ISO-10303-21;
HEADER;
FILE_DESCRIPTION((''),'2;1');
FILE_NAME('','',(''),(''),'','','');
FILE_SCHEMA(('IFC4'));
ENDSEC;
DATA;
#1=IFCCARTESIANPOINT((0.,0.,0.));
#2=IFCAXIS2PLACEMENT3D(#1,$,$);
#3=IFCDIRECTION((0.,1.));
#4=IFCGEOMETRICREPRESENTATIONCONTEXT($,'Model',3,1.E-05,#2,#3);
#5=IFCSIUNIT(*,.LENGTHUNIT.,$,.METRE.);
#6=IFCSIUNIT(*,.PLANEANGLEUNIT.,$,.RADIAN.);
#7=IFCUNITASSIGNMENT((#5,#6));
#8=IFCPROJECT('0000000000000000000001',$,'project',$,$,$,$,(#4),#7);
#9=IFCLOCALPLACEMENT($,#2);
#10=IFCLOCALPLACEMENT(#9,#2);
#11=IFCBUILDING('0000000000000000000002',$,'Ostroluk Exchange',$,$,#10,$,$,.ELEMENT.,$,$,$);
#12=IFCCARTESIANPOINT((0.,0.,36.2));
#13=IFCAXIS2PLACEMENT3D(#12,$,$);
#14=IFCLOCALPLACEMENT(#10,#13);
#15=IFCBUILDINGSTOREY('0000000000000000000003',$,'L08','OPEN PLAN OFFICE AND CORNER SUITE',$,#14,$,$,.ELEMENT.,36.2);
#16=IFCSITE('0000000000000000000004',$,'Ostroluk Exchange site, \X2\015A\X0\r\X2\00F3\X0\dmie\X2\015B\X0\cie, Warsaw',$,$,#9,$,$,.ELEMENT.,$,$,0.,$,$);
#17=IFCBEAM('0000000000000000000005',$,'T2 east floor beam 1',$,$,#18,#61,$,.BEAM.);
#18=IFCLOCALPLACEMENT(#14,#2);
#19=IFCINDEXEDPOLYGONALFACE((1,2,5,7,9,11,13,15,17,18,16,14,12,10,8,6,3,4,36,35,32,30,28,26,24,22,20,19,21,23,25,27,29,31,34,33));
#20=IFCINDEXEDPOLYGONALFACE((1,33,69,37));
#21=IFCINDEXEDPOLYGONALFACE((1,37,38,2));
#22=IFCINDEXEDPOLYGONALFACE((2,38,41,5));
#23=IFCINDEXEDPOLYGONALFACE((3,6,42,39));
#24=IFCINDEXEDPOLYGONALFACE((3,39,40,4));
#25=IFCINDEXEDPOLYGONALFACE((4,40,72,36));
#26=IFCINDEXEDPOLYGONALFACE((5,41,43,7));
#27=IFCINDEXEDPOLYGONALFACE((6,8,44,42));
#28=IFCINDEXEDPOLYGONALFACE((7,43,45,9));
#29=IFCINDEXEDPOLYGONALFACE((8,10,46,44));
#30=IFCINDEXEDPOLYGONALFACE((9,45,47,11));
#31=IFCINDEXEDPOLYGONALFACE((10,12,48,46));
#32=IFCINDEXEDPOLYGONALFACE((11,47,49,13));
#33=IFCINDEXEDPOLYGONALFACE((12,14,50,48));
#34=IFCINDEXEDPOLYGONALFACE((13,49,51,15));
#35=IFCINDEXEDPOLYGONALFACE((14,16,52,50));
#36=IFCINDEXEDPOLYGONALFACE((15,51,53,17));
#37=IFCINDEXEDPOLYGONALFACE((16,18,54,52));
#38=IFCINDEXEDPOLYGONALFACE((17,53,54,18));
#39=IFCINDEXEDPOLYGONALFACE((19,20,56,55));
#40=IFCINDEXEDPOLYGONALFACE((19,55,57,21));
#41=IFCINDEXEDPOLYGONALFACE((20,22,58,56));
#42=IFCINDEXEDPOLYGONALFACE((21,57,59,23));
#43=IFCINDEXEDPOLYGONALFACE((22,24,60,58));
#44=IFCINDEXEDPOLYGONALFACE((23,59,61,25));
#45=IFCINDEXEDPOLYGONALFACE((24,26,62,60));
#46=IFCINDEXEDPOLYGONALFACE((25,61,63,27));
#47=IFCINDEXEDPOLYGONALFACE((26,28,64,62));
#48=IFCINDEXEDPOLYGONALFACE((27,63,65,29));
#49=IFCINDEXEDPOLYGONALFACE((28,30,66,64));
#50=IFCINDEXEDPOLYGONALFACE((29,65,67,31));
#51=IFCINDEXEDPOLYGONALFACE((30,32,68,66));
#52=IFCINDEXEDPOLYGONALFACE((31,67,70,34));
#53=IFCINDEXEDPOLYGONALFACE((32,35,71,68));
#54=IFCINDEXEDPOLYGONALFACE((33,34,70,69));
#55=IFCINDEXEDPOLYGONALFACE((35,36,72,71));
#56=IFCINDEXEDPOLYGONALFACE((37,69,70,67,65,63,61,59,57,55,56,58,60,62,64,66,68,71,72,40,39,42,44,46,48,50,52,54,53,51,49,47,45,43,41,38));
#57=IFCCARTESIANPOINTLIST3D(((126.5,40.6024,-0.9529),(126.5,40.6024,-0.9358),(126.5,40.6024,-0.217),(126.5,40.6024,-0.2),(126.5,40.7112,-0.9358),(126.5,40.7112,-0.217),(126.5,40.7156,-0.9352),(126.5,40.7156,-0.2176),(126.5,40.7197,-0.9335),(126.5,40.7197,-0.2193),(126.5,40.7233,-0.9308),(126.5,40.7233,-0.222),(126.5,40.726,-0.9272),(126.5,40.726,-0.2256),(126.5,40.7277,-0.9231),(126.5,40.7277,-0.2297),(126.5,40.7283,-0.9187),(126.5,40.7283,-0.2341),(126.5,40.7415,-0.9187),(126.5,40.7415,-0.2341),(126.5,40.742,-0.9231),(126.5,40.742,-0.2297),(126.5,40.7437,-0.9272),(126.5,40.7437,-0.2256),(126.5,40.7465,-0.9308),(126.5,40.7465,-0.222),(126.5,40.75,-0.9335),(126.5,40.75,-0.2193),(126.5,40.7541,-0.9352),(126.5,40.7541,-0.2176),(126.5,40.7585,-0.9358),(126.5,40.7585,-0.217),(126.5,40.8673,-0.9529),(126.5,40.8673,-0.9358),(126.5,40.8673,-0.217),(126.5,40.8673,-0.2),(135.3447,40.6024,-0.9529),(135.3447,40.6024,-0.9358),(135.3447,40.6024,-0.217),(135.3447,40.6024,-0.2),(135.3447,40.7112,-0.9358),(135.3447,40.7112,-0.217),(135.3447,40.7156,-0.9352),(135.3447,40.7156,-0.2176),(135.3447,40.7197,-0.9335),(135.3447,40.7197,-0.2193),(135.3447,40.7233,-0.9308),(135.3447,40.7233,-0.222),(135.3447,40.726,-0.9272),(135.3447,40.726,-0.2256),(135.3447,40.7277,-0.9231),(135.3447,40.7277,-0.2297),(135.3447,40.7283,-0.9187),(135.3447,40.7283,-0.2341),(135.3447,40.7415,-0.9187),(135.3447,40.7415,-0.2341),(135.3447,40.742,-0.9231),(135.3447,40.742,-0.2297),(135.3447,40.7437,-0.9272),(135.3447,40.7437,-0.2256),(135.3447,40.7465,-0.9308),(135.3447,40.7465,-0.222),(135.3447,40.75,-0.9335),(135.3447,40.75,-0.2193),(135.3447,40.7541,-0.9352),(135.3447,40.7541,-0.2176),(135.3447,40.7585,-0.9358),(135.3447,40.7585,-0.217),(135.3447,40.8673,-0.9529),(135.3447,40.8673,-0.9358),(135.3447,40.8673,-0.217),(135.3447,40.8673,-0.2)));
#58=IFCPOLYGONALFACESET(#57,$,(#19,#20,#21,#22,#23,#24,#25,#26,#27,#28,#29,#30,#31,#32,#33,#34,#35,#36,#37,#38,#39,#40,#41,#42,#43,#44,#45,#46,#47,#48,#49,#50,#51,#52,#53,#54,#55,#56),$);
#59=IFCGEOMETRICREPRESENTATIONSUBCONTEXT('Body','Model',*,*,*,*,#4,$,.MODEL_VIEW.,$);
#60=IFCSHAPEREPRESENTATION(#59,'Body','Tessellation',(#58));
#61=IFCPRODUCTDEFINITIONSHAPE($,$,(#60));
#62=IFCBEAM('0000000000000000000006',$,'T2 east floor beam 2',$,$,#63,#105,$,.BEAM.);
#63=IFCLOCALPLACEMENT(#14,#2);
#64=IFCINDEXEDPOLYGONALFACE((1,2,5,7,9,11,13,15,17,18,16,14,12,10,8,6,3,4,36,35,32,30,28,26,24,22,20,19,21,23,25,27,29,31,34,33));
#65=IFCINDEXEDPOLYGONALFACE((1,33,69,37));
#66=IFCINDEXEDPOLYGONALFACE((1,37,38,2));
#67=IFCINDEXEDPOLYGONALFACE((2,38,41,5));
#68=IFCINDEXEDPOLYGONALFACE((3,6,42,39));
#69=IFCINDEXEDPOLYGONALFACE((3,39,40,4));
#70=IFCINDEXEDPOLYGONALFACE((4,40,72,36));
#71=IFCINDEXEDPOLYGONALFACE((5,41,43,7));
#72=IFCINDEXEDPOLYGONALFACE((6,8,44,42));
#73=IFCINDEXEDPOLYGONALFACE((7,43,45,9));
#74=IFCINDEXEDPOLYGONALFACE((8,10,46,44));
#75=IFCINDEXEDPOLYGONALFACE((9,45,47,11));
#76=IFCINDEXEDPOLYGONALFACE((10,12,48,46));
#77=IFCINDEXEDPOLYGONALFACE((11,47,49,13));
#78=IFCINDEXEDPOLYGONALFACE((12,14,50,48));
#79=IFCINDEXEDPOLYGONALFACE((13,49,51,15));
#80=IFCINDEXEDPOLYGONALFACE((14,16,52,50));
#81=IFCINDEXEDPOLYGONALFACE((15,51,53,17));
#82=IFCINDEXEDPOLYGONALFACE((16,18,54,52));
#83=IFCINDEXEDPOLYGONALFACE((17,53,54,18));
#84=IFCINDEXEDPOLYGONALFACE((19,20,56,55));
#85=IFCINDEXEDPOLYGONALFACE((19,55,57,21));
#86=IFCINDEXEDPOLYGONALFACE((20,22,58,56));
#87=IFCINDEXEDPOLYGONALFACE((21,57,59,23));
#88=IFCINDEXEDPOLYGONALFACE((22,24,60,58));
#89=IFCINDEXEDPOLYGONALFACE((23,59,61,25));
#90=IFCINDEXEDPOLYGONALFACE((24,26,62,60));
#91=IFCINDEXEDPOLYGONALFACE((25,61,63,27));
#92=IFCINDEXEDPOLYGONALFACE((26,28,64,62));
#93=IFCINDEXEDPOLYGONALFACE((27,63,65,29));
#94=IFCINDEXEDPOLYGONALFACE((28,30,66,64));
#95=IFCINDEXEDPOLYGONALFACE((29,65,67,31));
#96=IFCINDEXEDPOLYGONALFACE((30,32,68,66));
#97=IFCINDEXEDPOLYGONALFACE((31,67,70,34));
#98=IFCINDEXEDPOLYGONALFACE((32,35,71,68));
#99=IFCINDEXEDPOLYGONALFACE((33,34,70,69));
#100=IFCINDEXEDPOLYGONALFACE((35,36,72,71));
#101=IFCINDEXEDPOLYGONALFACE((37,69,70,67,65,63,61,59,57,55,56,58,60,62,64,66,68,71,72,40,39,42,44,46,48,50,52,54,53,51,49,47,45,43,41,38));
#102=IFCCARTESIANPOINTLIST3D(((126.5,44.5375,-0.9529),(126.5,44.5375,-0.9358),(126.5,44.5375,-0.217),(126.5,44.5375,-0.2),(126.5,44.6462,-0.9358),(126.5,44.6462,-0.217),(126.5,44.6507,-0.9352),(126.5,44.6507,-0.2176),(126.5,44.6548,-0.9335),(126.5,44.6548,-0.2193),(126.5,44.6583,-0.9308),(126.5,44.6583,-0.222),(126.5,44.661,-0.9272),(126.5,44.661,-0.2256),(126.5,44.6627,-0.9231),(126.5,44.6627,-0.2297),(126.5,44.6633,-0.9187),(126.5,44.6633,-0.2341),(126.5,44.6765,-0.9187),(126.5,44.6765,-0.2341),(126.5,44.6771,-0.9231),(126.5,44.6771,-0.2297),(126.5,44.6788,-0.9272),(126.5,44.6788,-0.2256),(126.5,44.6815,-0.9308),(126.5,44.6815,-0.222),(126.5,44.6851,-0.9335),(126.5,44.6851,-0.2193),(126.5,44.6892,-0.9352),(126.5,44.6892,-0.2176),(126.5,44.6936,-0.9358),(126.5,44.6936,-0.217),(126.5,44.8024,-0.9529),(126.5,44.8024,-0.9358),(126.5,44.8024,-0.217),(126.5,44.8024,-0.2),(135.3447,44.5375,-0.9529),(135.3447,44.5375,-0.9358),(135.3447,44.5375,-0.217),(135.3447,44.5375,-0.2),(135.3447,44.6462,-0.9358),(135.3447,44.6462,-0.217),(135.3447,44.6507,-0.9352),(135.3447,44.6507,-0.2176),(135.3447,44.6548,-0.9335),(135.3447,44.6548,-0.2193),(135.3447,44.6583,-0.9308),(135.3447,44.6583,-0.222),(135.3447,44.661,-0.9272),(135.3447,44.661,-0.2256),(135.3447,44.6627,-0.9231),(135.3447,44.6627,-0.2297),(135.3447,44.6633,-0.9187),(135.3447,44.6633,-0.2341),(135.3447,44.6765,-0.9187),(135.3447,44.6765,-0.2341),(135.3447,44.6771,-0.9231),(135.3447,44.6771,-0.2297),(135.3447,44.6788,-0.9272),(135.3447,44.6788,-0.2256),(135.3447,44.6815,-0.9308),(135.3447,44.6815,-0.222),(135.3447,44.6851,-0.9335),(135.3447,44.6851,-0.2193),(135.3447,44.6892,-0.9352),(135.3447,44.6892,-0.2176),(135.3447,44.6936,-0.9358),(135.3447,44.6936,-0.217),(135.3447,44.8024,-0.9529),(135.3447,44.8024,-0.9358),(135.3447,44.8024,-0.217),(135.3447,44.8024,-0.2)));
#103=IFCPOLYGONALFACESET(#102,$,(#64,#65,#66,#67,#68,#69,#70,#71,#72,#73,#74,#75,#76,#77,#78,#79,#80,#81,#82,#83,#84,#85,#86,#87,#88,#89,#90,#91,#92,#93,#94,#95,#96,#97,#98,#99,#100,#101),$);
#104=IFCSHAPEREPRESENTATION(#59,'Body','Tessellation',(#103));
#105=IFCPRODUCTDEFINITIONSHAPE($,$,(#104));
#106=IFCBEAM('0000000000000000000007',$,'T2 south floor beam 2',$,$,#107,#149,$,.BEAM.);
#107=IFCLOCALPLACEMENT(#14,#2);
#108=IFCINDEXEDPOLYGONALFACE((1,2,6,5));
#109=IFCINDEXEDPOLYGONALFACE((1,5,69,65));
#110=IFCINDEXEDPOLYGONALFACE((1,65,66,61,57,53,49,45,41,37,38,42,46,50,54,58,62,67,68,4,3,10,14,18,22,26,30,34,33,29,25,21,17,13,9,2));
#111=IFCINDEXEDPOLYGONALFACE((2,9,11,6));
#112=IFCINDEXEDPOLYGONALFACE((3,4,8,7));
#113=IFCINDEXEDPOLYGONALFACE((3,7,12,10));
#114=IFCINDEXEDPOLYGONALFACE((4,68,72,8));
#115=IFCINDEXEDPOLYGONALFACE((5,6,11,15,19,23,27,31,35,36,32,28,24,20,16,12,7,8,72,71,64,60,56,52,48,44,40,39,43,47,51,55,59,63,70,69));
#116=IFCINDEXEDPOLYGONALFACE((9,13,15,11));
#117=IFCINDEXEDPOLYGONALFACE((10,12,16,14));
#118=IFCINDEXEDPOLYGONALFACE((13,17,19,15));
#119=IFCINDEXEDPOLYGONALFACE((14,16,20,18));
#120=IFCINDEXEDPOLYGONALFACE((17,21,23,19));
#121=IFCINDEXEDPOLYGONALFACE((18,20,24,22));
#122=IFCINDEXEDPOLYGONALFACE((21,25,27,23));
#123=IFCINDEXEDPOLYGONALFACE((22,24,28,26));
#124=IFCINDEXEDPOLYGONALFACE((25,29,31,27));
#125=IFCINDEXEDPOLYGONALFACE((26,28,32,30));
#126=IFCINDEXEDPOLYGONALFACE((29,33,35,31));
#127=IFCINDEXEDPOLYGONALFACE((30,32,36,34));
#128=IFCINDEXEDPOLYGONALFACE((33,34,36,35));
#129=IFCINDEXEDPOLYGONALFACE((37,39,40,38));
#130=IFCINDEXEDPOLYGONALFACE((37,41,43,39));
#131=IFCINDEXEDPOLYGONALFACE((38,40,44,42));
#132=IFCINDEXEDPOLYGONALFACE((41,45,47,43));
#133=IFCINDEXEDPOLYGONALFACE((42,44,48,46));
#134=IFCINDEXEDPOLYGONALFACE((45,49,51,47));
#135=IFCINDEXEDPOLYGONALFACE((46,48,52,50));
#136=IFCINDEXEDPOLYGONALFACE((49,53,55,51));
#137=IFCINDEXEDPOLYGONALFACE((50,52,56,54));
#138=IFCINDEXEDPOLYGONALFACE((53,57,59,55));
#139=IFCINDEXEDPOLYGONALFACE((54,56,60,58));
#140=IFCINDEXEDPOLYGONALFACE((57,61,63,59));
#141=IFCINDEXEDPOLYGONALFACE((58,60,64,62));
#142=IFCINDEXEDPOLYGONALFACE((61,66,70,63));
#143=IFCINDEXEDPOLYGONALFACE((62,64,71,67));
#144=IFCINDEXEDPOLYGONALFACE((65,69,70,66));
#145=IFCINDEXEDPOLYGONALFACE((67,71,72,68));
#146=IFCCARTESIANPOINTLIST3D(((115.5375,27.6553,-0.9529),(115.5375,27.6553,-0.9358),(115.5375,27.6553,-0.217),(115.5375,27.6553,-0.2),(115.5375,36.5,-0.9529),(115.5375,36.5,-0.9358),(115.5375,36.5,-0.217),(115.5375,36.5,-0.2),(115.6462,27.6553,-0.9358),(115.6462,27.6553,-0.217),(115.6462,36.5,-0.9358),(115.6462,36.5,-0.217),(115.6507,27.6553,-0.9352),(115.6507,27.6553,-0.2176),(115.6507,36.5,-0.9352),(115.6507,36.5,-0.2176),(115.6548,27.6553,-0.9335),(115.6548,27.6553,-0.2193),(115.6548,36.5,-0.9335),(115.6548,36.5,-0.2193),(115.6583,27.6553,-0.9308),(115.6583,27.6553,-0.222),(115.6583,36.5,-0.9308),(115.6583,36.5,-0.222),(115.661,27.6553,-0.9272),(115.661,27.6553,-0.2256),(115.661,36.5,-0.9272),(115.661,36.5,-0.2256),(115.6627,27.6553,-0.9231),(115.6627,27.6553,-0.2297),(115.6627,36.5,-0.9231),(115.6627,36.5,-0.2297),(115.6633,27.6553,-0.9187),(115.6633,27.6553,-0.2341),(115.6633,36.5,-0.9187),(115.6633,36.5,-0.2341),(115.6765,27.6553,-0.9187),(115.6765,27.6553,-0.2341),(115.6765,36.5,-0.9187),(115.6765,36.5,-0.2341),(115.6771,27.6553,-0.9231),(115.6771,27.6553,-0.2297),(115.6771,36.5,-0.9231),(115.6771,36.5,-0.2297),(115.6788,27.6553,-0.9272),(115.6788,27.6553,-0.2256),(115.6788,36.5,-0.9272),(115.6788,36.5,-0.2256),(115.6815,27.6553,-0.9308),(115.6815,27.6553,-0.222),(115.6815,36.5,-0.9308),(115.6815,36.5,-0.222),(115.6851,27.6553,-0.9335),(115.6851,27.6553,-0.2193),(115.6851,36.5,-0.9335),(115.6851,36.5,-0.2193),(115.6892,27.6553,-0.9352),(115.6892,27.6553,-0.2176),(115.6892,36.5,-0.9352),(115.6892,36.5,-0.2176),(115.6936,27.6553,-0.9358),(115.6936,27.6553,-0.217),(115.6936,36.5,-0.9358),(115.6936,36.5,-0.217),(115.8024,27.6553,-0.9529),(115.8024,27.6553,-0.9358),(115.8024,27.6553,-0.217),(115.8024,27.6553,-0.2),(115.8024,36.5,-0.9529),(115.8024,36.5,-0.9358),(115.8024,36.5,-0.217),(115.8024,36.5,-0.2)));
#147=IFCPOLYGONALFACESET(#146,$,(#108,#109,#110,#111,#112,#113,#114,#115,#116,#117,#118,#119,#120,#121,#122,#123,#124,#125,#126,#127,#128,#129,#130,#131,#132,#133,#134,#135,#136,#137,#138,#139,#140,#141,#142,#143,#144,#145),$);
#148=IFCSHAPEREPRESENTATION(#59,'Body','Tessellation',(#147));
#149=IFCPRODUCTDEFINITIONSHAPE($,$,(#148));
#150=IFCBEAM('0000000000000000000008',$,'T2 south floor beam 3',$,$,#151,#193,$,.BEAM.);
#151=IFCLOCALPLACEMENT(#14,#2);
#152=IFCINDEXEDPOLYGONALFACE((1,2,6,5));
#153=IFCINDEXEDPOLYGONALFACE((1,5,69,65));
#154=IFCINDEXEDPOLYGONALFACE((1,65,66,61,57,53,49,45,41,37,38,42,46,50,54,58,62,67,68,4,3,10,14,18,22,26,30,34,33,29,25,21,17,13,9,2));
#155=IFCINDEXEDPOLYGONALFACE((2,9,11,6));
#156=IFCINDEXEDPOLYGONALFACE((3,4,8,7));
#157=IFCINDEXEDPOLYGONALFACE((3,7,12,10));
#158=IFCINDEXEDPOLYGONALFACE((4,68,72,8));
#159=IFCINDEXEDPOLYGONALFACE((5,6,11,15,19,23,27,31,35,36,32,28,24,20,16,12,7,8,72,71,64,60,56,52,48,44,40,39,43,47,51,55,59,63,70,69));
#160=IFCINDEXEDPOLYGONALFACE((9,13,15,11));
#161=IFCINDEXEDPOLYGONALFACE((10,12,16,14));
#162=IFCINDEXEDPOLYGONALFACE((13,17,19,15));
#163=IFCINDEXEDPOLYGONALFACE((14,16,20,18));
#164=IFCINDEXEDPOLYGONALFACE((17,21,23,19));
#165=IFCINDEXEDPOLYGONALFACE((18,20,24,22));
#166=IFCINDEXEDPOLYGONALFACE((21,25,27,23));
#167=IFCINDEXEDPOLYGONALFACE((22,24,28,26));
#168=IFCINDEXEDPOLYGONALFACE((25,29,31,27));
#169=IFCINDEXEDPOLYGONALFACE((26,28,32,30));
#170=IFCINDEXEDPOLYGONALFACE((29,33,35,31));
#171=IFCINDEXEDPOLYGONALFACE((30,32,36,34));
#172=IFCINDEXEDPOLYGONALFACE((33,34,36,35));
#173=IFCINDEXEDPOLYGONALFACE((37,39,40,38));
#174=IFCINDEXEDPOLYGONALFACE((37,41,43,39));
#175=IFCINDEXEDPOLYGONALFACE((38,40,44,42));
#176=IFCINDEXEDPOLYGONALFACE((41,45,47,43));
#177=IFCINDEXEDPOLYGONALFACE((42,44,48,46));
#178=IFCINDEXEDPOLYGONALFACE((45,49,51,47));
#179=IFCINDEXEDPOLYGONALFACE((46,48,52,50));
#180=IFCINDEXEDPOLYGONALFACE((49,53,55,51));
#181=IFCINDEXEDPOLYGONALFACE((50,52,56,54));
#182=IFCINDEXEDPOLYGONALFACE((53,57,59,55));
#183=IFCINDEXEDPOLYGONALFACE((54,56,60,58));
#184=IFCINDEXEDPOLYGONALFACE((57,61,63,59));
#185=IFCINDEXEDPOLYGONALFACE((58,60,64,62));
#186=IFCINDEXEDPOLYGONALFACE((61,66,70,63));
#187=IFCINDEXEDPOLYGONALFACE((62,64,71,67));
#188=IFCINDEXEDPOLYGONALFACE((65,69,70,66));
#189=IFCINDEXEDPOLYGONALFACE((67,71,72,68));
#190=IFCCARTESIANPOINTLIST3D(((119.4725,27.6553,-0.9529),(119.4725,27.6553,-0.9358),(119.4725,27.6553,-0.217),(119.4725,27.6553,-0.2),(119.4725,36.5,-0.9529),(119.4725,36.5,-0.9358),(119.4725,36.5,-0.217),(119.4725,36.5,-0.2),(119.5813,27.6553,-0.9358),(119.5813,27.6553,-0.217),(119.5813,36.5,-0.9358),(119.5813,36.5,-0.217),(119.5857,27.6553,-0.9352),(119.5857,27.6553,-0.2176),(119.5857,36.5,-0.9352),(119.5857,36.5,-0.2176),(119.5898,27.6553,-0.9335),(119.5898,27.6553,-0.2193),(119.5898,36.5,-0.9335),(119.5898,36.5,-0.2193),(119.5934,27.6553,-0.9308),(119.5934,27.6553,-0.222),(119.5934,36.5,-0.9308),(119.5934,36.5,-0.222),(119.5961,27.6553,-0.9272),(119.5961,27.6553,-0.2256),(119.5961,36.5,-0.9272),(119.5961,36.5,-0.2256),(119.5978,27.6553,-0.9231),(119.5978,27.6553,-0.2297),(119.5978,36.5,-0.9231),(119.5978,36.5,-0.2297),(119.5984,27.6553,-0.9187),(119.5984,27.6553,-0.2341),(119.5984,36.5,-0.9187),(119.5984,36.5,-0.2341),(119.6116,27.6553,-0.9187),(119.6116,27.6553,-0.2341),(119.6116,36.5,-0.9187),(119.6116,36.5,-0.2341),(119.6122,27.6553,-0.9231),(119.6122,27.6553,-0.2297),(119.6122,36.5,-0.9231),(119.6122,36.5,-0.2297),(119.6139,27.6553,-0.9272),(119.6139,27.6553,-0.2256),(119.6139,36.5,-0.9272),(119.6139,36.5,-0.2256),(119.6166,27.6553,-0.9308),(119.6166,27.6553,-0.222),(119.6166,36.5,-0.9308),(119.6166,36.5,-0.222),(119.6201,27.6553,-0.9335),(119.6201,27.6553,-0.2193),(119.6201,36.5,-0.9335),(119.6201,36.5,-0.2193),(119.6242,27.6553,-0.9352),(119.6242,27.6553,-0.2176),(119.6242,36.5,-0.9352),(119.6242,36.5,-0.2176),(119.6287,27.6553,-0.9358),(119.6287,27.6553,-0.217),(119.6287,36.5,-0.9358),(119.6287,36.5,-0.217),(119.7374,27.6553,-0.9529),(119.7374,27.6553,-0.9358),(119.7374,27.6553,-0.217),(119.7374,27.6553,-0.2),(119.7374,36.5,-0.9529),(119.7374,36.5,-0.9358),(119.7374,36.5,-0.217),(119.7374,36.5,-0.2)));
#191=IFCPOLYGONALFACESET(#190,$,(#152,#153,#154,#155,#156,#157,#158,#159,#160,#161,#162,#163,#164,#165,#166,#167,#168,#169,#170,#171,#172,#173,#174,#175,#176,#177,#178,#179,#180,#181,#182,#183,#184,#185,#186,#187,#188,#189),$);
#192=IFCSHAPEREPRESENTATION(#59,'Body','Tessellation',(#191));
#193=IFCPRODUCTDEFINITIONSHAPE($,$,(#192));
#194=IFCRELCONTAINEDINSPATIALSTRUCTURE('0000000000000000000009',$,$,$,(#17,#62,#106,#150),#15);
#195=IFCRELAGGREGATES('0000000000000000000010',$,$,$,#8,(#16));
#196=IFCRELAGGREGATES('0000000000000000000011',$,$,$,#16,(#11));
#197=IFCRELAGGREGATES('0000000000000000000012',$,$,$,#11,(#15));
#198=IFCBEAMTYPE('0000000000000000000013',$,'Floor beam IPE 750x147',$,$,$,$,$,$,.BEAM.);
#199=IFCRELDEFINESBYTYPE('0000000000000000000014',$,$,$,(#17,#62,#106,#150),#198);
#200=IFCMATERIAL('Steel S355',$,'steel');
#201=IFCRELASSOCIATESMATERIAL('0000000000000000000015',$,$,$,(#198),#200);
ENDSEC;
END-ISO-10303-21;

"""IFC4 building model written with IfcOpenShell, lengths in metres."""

from ifc_helpers import new_model, si_unit, direction, frame, origin, origin_2d, place, context, subcontext, project, spatial, i_section, extrude, material, material_profile, profile_set, type_object, element, save


model = new_model("IFC4")

# Units and contexts
model_context = context("Model", 3, precision=1e-05, world=origin(), true_north=direction((0.0, 1.0)))
body_context = subcontext(model_context, "Body", "Model", "MODEL_VIEW")
ifc_project = project(units=[si_unit("LENGTHUNIT", "METRE"), si_unit("PLANEANGLEUNIT", "RADIAN")], contexts=[model_context])

# Site, building, storey
site_placement = place(None, origin())
site = spatial("IfcSite", under=ifc_project, at=site_placement, Name="Ostroluk Exchange site, Śródmieście, Warsaw", CompositionType="ELEMENT", RefElevation=0.0)
building_placement = place(site_placement, origin())
building = spatial("IfcBuilding", under=site, at=building_placement, Name="Ostroluk Exchange", CompositionType="ELEMENT")
storey_placement = place(building_placement, frame((0.0, 0.0, 36.2)))
storey = spatial("IfcBuildingStorey", under=building, at=storey_placement, Name="L08", Description="OPEN PLAN OFFICE AND CORNER SUITE", CompositionType="ELEMENT", Elevation=36.2)

# Beams
ifc_material_1 = material(Name="Steel S355", Category="steel")
ifc_material_profile_1 = material_profile(ifc_material_1, i_section(OverallWidth=0.2649, OverallDepth=0.7529, WebThickness=0.0132, FlangeThickness=0.0171, FilletRadius=0.0171, at=origin_2d()), Name="IPE 750x147")
ifc_profile_set_1 = profile_set([ifc_material_profile_1], Name="Steel S355")
beam_type_1 = type_object("IfcBeamType", Name="Floor beam IPE 750x147", PredefinedType="BEAM", material=ifc_profile_set_1)
for number, where, z_axis, x_axis, name in (
    (1, (126.5, 40.7349, -0.5764), (1.0, 0.0, 0.0), (0.0, 1.0, 0.0), "T2 east floor beam 1"),
    (2, (126.5, 44.6699, -0.5764), (1.0, 0.0, 0.0), (0.0, 1.0, 0.0), "T2 east floor beam 2"),
    (3, (115.6699, 36.5, -0.5764), (0.0, -1.0, 0.0), (1.0, 0.0, 0.0), "T2 south floor beam 2"),
    (4, (119.605, 36.5, -0.5764), (0.0, -1.0, 0.0), (1.0, 0.0, 0.0), "T2 south floor beam 3"),
):
    element("IfcBeam", number, at=place(storey_placement, frame(where, z_axis=z_axis, x_axis=x_axis)), inside=storey, type_object=beam_type_1, Name=name, PredefinedType="BEAM", context=body_context, shape_type="SweptSolid", body=[
        extrude(i_section(OverallWidth=0.2649, OverallDepth=0.7529, WebThickness=0.0132, FlangeThickness=0.0171, FilletRadius=0.0171, at=origin_2d()), origin(), (0.0, 0.0, 1.0), 8.8447),
    ])

save(model, "model.ifc")
